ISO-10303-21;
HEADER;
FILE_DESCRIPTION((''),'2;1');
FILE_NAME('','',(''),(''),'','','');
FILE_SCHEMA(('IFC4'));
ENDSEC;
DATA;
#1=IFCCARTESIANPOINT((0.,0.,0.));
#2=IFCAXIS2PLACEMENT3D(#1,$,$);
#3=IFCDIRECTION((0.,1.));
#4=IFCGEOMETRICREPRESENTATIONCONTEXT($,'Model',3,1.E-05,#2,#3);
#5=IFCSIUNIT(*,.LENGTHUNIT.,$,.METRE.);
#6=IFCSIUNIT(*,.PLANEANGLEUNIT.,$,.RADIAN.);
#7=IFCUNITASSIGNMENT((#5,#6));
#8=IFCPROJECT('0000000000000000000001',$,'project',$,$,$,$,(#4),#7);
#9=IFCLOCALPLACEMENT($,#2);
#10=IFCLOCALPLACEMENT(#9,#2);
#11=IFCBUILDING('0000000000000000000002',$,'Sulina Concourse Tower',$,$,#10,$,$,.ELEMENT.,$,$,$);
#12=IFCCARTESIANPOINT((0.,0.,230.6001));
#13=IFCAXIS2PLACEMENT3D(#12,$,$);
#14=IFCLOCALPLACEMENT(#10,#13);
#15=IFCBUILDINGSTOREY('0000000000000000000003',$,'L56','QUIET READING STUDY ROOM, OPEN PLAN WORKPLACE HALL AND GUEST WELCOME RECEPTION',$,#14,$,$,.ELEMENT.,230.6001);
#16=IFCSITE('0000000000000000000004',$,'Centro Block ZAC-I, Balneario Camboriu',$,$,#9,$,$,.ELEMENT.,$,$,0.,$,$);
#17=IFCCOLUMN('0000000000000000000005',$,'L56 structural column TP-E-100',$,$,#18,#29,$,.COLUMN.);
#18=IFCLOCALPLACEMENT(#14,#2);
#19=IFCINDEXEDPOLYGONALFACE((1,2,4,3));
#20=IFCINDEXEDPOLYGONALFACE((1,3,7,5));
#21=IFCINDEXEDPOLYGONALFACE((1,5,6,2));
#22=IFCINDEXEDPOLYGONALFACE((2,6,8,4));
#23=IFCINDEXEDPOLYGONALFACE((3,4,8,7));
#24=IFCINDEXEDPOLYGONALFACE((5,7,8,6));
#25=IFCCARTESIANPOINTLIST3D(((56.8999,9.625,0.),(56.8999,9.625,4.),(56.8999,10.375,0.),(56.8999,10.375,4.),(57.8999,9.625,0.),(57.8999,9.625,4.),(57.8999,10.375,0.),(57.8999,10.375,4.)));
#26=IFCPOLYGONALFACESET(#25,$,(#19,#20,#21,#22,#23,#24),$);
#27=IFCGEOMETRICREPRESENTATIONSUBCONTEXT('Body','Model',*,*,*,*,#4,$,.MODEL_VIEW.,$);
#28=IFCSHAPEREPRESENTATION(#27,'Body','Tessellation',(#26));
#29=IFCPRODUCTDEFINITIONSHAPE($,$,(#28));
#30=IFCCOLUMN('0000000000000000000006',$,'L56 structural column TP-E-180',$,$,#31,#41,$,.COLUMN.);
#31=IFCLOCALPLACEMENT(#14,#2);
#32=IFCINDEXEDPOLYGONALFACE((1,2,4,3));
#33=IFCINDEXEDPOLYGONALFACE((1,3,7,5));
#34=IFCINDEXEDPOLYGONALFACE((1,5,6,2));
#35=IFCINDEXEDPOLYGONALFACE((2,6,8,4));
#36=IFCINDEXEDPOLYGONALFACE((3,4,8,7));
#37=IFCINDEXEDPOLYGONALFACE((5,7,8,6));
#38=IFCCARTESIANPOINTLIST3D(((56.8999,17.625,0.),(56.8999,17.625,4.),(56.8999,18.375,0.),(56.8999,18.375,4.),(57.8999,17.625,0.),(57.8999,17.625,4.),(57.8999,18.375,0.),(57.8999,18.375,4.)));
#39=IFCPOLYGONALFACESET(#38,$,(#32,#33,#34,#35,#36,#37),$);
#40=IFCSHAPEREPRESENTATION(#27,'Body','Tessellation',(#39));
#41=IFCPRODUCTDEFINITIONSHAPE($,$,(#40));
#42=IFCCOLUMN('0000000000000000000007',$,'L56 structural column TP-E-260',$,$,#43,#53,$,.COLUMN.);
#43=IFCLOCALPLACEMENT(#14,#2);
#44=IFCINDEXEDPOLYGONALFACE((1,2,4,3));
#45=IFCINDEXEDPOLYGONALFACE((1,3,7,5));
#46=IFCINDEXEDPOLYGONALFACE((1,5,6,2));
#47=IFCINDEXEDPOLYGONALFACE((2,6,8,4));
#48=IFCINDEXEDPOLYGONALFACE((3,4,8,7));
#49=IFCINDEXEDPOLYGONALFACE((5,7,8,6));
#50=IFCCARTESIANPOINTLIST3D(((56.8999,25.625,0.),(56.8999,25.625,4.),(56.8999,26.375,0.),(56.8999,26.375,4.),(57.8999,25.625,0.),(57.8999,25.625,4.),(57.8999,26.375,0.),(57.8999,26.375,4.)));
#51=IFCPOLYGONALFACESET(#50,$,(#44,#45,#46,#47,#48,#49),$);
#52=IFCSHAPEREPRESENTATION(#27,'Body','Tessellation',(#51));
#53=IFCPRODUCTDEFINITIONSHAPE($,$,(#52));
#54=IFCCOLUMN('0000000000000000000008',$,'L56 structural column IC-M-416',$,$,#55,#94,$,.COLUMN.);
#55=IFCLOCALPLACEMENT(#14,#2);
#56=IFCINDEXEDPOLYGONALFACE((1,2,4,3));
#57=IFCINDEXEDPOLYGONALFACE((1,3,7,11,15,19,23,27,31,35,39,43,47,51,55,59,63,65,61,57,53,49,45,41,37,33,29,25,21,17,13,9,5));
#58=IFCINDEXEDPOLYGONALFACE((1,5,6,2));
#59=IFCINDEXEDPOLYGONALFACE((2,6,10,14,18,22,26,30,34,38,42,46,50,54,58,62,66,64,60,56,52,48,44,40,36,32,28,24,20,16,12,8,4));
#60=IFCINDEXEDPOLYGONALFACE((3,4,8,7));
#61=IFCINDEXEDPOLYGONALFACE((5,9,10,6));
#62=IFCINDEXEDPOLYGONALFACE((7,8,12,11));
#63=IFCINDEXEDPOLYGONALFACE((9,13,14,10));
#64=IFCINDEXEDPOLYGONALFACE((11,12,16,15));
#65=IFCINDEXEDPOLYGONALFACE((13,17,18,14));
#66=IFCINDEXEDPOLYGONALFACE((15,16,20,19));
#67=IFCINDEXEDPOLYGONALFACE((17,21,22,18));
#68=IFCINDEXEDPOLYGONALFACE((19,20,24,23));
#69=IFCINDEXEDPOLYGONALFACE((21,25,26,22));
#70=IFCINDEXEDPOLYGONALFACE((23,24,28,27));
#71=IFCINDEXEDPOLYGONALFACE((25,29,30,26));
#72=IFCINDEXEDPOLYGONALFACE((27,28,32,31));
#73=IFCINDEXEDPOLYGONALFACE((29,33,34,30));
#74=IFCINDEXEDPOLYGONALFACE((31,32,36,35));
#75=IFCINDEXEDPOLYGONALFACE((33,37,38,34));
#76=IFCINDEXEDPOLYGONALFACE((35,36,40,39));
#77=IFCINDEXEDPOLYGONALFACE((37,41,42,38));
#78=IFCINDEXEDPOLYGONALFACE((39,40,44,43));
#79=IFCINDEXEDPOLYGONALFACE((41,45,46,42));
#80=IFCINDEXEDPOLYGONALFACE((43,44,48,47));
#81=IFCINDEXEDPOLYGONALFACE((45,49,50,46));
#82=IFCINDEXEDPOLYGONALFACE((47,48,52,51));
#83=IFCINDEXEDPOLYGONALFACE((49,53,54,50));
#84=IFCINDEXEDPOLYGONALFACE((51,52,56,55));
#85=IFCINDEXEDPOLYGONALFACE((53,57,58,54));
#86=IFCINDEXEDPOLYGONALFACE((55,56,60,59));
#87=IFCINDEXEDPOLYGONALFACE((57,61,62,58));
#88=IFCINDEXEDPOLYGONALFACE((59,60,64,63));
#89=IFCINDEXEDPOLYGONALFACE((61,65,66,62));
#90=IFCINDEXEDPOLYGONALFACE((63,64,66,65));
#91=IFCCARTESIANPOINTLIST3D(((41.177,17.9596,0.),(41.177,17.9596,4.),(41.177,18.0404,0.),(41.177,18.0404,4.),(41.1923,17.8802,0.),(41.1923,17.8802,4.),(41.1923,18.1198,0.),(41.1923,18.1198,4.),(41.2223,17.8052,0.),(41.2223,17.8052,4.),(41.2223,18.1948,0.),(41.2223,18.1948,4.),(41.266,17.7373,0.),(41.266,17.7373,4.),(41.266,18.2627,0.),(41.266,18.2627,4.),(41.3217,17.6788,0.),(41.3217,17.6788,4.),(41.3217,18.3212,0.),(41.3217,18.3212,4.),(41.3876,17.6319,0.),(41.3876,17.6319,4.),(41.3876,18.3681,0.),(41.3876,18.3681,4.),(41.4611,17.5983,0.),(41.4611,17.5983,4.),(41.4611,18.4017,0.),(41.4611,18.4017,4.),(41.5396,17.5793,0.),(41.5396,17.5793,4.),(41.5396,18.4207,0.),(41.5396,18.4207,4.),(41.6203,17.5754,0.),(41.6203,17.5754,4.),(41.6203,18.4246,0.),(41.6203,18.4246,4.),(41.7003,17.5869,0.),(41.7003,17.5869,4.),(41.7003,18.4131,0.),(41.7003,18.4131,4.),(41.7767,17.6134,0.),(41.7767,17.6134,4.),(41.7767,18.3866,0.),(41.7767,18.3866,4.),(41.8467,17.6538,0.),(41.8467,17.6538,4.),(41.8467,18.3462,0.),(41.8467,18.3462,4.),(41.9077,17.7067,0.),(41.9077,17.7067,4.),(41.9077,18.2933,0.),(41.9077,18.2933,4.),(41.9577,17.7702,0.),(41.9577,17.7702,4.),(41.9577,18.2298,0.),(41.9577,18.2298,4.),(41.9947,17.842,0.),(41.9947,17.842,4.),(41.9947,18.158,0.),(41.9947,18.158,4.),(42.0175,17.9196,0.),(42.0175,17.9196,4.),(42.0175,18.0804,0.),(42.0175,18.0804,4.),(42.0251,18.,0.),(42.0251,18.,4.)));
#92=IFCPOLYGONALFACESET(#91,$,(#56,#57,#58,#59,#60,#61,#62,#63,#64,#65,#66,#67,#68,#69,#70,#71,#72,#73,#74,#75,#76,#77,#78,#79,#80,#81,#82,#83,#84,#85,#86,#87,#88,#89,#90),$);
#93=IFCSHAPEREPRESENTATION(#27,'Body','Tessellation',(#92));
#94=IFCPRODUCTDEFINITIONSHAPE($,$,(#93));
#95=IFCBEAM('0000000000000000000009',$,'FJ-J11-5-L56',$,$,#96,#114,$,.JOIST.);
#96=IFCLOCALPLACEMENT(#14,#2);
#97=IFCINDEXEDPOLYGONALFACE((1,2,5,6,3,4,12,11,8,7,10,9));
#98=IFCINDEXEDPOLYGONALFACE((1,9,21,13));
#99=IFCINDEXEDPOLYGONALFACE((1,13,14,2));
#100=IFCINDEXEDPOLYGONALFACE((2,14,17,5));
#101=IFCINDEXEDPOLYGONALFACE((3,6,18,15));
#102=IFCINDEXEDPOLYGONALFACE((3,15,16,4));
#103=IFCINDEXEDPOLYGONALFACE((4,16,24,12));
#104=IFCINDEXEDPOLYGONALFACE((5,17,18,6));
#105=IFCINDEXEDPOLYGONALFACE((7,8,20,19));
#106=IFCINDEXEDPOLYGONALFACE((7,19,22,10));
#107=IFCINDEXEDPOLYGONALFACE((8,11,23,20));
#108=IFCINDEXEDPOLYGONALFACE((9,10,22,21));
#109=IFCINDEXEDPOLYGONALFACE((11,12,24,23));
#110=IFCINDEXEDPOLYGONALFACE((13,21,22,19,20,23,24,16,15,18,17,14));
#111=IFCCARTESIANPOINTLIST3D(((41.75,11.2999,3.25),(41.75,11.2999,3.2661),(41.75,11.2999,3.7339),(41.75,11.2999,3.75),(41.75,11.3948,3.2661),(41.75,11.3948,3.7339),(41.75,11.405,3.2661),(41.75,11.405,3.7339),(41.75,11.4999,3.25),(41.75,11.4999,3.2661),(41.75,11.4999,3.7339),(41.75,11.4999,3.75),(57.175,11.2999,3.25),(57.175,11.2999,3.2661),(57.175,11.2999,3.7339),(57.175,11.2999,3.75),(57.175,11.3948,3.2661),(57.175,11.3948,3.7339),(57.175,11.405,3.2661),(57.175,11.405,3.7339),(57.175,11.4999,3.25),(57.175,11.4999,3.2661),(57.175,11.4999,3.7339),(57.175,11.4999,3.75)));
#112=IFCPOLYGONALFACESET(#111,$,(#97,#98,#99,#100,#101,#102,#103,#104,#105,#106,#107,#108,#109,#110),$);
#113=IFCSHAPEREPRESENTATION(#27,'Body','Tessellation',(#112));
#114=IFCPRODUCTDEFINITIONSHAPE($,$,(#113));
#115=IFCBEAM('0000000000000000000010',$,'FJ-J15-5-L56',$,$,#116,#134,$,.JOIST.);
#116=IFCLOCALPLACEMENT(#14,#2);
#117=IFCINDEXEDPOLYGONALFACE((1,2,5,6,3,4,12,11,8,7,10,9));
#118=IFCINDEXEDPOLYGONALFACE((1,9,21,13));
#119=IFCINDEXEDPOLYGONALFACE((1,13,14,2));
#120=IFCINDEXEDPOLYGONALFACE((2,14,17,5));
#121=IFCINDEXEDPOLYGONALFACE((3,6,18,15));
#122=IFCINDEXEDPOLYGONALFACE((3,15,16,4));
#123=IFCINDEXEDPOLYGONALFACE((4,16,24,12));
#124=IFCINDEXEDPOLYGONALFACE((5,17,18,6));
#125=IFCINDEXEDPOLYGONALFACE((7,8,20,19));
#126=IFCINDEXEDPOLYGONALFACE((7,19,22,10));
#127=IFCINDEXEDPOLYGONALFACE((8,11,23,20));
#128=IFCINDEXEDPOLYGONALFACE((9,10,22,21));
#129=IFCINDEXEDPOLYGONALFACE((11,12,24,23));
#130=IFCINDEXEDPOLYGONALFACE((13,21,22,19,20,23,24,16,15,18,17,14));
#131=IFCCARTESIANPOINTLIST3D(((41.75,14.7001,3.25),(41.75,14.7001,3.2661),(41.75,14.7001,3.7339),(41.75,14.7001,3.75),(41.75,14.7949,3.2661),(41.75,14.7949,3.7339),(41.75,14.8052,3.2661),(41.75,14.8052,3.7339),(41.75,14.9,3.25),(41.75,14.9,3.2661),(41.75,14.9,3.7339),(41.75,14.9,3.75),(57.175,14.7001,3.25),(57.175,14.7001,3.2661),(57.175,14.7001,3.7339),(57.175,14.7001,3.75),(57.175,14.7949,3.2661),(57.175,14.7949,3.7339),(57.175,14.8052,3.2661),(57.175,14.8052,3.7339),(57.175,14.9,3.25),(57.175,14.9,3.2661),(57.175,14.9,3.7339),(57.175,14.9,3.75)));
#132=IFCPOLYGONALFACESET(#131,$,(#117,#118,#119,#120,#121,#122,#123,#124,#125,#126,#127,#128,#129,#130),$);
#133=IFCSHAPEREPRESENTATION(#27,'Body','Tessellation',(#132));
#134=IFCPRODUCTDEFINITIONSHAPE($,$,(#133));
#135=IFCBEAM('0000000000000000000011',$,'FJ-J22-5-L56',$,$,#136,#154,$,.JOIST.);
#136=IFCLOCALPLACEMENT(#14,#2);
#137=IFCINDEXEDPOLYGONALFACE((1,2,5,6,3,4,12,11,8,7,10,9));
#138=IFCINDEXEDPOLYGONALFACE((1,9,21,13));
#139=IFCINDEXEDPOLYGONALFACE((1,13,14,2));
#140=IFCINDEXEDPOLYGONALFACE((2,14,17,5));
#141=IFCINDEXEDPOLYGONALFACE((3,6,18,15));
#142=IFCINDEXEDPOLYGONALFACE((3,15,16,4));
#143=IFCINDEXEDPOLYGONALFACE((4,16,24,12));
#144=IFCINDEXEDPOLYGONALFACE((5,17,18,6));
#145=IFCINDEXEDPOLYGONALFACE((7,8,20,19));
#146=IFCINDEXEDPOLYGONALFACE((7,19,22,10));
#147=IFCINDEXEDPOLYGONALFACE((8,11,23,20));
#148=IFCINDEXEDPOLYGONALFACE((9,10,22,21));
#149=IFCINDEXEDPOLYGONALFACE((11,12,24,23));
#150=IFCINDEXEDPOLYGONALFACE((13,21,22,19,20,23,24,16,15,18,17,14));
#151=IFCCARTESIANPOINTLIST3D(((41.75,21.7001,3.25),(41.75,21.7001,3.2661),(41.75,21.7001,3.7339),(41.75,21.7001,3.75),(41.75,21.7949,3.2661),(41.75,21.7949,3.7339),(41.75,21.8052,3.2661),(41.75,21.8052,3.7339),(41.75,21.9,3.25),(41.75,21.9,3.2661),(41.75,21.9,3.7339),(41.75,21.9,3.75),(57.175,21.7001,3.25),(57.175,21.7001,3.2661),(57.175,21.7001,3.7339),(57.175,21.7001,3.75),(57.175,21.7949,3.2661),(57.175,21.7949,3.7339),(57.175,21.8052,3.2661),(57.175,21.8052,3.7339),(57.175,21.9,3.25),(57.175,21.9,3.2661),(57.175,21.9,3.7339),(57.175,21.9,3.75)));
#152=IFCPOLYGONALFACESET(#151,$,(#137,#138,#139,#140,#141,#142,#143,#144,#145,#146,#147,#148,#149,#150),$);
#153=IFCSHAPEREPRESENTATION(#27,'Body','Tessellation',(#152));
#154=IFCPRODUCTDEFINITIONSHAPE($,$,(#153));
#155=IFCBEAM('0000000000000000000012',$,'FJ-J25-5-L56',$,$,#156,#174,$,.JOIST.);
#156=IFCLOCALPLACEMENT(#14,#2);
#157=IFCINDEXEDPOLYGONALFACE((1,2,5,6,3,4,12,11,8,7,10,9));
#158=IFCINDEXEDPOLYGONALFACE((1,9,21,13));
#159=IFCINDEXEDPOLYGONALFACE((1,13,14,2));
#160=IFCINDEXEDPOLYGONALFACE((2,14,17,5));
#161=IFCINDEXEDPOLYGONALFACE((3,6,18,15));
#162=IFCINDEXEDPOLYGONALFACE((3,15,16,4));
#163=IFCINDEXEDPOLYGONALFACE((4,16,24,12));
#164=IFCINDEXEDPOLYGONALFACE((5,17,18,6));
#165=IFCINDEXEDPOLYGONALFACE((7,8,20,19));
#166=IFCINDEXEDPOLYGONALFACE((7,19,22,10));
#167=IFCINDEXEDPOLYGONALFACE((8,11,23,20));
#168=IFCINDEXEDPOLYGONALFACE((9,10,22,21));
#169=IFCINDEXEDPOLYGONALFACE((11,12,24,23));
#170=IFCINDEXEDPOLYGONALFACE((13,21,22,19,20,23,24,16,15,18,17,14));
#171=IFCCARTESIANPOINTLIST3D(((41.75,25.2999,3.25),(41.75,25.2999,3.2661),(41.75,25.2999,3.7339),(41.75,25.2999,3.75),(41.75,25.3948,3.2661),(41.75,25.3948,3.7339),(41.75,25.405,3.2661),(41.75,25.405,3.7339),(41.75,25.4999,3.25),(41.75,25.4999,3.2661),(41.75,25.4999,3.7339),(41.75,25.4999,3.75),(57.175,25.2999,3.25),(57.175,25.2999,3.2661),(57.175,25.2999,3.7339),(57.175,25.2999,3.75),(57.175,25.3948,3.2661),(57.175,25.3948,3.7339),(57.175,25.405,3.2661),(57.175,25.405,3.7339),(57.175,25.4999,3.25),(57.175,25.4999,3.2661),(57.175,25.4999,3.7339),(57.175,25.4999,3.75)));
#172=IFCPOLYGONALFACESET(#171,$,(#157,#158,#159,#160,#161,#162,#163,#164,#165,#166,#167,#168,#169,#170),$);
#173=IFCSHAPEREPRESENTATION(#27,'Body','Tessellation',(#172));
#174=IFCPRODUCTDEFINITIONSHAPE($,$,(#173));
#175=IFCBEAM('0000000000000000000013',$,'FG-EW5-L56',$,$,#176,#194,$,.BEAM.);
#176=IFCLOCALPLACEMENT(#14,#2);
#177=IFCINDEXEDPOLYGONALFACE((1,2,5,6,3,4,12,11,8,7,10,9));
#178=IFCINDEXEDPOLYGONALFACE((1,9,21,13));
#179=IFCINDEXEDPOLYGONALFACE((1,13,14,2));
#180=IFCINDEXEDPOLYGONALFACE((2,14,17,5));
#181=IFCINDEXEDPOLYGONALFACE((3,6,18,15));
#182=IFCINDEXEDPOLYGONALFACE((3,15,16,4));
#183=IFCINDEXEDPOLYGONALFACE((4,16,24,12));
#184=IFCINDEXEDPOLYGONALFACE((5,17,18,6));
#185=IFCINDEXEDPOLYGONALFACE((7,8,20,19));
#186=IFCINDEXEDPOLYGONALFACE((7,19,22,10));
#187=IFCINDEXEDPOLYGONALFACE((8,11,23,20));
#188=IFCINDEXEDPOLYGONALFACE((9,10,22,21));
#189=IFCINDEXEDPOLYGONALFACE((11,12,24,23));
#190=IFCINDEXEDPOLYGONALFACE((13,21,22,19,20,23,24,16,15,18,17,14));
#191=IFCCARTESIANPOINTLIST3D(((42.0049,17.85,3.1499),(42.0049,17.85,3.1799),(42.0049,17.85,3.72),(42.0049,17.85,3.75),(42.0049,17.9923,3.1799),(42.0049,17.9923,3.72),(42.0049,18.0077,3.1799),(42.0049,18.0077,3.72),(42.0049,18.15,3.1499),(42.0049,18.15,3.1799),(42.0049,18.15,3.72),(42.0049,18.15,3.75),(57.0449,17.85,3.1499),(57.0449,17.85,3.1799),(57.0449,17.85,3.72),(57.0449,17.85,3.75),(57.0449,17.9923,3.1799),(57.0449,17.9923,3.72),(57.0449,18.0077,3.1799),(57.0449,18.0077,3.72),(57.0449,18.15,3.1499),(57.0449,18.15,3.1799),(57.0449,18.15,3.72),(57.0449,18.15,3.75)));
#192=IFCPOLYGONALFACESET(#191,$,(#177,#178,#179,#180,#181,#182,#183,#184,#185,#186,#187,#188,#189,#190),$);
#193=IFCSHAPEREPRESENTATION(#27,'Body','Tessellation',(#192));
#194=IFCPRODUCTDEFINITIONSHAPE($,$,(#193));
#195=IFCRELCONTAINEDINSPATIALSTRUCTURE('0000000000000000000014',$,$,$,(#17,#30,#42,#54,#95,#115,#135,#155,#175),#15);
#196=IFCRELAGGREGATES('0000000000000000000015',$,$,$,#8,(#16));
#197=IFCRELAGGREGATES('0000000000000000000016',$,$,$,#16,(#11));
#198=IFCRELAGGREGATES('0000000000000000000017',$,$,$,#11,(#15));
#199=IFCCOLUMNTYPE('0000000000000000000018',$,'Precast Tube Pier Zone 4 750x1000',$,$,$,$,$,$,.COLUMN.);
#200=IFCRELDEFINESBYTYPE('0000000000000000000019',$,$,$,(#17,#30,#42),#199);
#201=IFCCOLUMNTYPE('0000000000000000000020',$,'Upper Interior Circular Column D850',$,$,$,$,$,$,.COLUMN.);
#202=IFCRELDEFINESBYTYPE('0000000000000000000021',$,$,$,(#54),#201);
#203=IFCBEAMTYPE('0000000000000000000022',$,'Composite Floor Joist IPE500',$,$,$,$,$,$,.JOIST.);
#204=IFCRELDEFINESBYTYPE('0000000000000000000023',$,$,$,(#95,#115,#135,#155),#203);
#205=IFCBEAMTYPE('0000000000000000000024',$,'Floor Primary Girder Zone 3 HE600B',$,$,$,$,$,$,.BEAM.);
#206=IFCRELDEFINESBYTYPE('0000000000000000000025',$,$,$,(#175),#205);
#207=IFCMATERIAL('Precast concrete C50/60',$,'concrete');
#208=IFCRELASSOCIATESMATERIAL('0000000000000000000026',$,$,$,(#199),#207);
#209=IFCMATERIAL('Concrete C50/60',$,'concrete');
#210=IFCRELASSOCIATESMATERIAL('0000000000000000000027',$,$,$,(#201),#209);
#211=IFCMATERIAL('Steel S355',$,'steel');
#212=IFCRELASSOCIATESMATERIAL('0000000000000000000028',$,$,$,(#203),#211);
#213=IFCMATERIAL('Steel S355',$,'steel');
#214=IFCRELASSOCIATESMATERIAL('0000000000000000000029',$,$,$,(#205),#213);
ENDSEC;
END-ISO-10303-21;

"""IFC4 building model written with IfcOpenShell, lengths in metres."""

from ifc_helpers import new_model, si_unit, direction, frame, origin, origin_2d, place, context, subcontext, project, spatial, rectangle, circle, i_section, extrude, material, material_profile, profile_set, type_object, element, save


model = new_model("IFC4")

# Units and contexts
model_context = context("Model", 3, precision=1e-05, world=origin(), true_north=direction((0.0, 1.0)))
body_context = subcontext(model_context, "Body", "Model", "MODEL_VIEW")
ifc_project = project(units=[si_unit("LENGTHUNIT", "METRE"), si_unit("PLANEANGLEUNIT", "RADIAN")], contexts=[model_context])

# Site, building, storey
site_placement = place(None, origin())
site = spatial("IfcSite", under=ifc_project, at=site_placement, Name="Centro Block ZAC-I, Balneario Camboriu", CompositionType="ELEMENT", RefElevation=0.0)
building_placement = place(site_placement, origin())
building = spatial("IfcBuilding", under=site, at=building_placement, Name="Sulina Concourse Tower", CompositionType="ELEMENT")
storey_placement = place(building_placement, frame((0.0, 0.0, 230.6001)))
storey = spatial("IfcBuildingStorey", under=building, at=storey_placement, Name="L56", Description="QUIET READING STUDY ROOM, OPEN PLAN WORKPLACE HALL AND GUEST WELCOME RECEPTION", CompositionType="ELEMENT", Elevation=230.6001)

# Columns
ifc_material_1 = material(Name="Precast concrete C50/60", Category="concrete")
ifc_material_profile_1 = material_profile(ifc_material_1, rectangle(XDim=0.75, YDim=1.0, at=origin_2d()), Name="PC 750x1000")
ifc_profile_set_1 = profile_set([ifc_material_profile_1], Name="Precast concrete C50/60")
column_type_1 = type_object("IfcColumnType", Name="Precast Tube Pier Zone 4 750x1000", PredefinedType="COLUMN", material=ifc_profile_set_1)
for number, where, z_axis, x_axis, name in (
    (1, (57.3999, 10.0, 0.0), (0.0, 0.0, 1.0), (0.0, 1.0, 0.0), "L56 structural column TP-E-100"),
    (2, (57.3999, 18.0, 0.0), (0.0, 0.0, 1.0), (0.0, 1.0, 0.0), "L56 structural column TP-E-180"),
    (3, (57.3999, 26.0, 0.0), (0.0, 0.0, 1.0), (0.0, 1.0, 0.0), "L56 structural column TP-E-260"),
):
    element("IfcColumn", number, at=place(storey_placement, frame(where, z_axis=z_axis, x_axis=x_axis)), inside=storey, type_object=column_type_1, Name=name, PredefinedType="COLUMN", context=body_context, shape_type="SweptSolid", body=[
        extrude(rectangle(XDim=0.75, YDim=1.0, at=origin_2d()), origin(), (0.0, 0.0, 1.0), 4.0),
    ])
ifc_material_2 = material(Name="Concrete C50/60", Category="concrete")
ifc_material_profile_2 = material_profile(ifc_material_2, circle(Radius=0.425, at=origin_2d()), Name="RC D850")
ifc_profile_set_2 = profile_set([ifc_material_profile_2], Name="Concrete C50/60")
column_type_2 = type_object("IfcColumnType", Name="Upper Interior Circular Column D850", PredefinedType="COLUMN", material=ifc_profile_set_2)
column_placement = place(storey_placement, frame((41.6001, 18.0, 0.0), z_axis=(0.0, 0.0, 1.0), x_axis=(1.0, 0.0, 0.0)))
element("IfcColumn", 4, at=column_placement, inside=storey, type_object=column_type_2, Name="L56 structural column IC-M-416", PredefinedType="COLUMN", context=body_context, shape_type="SweptSolid", body=[
    extrude(circle(Radius=0.425, at=origin_2d()), origin(), (0.0, 0.0, 1.0), 4.0),
])

# Beams
ifc_material_3 = material(Name="Steel S355", Category="steel")
ifc_material_profile_3 = material_profile(ifc_material_3, i_section(OverallWidth=0.2, OverallDepth=0.5, WebThickness=0.0103, FlangeThickness=0.0161, at=origin_2d()), Name="IPE 500")
ifc_profile_set_3 = profile_set([ifc_material_profile_3], Name="Steel S355")
beam_type_1 = type_object("IfcBeamType", Name="Composite Floor Joist IPE500", PredefinedType="JOIST", material=ifc_profile_set_3)
for number, where, z_axis, x_axis, name in (
    (5, (41.75, 11.3999, 3.5), (1.0, 0.0, 0.0), (0.0, 1.0, 0.0), "FJ-J11-5-L56"),
    (6, (41.75, 14.8, 3.5), (1.0, 0.0, 0.0), (0.0, 1.0, 0.0), "FJ-J15-5-L56"),
    (7, (41.75, 21.8, 3.5), (1.0, 0.0, 0.0), (0.0, 1.0, 0.0), "FJ-J22-5-L56"),
    (8, (41.75, 25.3999, 3.5), (1.0, 0.0, 0.0), (0.0, 1.0, 0.0), "FJ-J25-5-L56"),
):
    element("IfcBeam", number, at=place(storey_placement, frame(where, z_axis=z_axis, x_axis=x_axis)), inside=storey, type_object=beam_type_1, Name=name, PredefinedType="JOIST", context=body_context, shape_type="SweptSolid", body=[
        extrude(i_section(OverallWidth=0.2, OverallDepth=0.5, WebThickness=0.0103, FlangeThickness=0.0161, at=origin_2d()), origin(), (0.0, 0.0, 1.0), 15.425),
    ])
ifc_material_4 = material(Name="Steel S355", Category="steel")
ifc_material_profile_4 = material_profile(ifc_material_4, i_section(OverallWidth=0.3, OverallDepth=0.6001, WebThickness=0.0154, FlangeThickness=0.03, at=origin_2d()), Name="HE 600 B")
ifc_profile_set_4 = profile_set([ifc_material_profile_4], Name="Steel S355")
beam_type_2 = type_object("IfcBeamType", Name="Floor Primary Girder Zone 3 HE600B", PredefinedType="BEAM", material=ifc_profile_set_4)
beam_1_placement = place(storey_placement, frame((42.0049, 18.0, 3.45), z_axis=(1.0, 0.0, 0.0), x_axis=(0.0, 1.0, 0.0)))
element("IfcBeam", 9, at=beam_1_placement, inside=storey, type_object=beam_type_2, Name="FG-EW5-L56", PredefinedType="BEAM", context=body_context, shape_type="SweptSolid", body=[
    extrude(i_section(OverallWidth=0.3, OverallDepth=0.6001, WebThickness=0.0154, FlangeThickness=0.03, at=origin_2d()), origin(), (0.0, 0.0, 1.0), 15.04),
])

save(model, "model.ifc")
